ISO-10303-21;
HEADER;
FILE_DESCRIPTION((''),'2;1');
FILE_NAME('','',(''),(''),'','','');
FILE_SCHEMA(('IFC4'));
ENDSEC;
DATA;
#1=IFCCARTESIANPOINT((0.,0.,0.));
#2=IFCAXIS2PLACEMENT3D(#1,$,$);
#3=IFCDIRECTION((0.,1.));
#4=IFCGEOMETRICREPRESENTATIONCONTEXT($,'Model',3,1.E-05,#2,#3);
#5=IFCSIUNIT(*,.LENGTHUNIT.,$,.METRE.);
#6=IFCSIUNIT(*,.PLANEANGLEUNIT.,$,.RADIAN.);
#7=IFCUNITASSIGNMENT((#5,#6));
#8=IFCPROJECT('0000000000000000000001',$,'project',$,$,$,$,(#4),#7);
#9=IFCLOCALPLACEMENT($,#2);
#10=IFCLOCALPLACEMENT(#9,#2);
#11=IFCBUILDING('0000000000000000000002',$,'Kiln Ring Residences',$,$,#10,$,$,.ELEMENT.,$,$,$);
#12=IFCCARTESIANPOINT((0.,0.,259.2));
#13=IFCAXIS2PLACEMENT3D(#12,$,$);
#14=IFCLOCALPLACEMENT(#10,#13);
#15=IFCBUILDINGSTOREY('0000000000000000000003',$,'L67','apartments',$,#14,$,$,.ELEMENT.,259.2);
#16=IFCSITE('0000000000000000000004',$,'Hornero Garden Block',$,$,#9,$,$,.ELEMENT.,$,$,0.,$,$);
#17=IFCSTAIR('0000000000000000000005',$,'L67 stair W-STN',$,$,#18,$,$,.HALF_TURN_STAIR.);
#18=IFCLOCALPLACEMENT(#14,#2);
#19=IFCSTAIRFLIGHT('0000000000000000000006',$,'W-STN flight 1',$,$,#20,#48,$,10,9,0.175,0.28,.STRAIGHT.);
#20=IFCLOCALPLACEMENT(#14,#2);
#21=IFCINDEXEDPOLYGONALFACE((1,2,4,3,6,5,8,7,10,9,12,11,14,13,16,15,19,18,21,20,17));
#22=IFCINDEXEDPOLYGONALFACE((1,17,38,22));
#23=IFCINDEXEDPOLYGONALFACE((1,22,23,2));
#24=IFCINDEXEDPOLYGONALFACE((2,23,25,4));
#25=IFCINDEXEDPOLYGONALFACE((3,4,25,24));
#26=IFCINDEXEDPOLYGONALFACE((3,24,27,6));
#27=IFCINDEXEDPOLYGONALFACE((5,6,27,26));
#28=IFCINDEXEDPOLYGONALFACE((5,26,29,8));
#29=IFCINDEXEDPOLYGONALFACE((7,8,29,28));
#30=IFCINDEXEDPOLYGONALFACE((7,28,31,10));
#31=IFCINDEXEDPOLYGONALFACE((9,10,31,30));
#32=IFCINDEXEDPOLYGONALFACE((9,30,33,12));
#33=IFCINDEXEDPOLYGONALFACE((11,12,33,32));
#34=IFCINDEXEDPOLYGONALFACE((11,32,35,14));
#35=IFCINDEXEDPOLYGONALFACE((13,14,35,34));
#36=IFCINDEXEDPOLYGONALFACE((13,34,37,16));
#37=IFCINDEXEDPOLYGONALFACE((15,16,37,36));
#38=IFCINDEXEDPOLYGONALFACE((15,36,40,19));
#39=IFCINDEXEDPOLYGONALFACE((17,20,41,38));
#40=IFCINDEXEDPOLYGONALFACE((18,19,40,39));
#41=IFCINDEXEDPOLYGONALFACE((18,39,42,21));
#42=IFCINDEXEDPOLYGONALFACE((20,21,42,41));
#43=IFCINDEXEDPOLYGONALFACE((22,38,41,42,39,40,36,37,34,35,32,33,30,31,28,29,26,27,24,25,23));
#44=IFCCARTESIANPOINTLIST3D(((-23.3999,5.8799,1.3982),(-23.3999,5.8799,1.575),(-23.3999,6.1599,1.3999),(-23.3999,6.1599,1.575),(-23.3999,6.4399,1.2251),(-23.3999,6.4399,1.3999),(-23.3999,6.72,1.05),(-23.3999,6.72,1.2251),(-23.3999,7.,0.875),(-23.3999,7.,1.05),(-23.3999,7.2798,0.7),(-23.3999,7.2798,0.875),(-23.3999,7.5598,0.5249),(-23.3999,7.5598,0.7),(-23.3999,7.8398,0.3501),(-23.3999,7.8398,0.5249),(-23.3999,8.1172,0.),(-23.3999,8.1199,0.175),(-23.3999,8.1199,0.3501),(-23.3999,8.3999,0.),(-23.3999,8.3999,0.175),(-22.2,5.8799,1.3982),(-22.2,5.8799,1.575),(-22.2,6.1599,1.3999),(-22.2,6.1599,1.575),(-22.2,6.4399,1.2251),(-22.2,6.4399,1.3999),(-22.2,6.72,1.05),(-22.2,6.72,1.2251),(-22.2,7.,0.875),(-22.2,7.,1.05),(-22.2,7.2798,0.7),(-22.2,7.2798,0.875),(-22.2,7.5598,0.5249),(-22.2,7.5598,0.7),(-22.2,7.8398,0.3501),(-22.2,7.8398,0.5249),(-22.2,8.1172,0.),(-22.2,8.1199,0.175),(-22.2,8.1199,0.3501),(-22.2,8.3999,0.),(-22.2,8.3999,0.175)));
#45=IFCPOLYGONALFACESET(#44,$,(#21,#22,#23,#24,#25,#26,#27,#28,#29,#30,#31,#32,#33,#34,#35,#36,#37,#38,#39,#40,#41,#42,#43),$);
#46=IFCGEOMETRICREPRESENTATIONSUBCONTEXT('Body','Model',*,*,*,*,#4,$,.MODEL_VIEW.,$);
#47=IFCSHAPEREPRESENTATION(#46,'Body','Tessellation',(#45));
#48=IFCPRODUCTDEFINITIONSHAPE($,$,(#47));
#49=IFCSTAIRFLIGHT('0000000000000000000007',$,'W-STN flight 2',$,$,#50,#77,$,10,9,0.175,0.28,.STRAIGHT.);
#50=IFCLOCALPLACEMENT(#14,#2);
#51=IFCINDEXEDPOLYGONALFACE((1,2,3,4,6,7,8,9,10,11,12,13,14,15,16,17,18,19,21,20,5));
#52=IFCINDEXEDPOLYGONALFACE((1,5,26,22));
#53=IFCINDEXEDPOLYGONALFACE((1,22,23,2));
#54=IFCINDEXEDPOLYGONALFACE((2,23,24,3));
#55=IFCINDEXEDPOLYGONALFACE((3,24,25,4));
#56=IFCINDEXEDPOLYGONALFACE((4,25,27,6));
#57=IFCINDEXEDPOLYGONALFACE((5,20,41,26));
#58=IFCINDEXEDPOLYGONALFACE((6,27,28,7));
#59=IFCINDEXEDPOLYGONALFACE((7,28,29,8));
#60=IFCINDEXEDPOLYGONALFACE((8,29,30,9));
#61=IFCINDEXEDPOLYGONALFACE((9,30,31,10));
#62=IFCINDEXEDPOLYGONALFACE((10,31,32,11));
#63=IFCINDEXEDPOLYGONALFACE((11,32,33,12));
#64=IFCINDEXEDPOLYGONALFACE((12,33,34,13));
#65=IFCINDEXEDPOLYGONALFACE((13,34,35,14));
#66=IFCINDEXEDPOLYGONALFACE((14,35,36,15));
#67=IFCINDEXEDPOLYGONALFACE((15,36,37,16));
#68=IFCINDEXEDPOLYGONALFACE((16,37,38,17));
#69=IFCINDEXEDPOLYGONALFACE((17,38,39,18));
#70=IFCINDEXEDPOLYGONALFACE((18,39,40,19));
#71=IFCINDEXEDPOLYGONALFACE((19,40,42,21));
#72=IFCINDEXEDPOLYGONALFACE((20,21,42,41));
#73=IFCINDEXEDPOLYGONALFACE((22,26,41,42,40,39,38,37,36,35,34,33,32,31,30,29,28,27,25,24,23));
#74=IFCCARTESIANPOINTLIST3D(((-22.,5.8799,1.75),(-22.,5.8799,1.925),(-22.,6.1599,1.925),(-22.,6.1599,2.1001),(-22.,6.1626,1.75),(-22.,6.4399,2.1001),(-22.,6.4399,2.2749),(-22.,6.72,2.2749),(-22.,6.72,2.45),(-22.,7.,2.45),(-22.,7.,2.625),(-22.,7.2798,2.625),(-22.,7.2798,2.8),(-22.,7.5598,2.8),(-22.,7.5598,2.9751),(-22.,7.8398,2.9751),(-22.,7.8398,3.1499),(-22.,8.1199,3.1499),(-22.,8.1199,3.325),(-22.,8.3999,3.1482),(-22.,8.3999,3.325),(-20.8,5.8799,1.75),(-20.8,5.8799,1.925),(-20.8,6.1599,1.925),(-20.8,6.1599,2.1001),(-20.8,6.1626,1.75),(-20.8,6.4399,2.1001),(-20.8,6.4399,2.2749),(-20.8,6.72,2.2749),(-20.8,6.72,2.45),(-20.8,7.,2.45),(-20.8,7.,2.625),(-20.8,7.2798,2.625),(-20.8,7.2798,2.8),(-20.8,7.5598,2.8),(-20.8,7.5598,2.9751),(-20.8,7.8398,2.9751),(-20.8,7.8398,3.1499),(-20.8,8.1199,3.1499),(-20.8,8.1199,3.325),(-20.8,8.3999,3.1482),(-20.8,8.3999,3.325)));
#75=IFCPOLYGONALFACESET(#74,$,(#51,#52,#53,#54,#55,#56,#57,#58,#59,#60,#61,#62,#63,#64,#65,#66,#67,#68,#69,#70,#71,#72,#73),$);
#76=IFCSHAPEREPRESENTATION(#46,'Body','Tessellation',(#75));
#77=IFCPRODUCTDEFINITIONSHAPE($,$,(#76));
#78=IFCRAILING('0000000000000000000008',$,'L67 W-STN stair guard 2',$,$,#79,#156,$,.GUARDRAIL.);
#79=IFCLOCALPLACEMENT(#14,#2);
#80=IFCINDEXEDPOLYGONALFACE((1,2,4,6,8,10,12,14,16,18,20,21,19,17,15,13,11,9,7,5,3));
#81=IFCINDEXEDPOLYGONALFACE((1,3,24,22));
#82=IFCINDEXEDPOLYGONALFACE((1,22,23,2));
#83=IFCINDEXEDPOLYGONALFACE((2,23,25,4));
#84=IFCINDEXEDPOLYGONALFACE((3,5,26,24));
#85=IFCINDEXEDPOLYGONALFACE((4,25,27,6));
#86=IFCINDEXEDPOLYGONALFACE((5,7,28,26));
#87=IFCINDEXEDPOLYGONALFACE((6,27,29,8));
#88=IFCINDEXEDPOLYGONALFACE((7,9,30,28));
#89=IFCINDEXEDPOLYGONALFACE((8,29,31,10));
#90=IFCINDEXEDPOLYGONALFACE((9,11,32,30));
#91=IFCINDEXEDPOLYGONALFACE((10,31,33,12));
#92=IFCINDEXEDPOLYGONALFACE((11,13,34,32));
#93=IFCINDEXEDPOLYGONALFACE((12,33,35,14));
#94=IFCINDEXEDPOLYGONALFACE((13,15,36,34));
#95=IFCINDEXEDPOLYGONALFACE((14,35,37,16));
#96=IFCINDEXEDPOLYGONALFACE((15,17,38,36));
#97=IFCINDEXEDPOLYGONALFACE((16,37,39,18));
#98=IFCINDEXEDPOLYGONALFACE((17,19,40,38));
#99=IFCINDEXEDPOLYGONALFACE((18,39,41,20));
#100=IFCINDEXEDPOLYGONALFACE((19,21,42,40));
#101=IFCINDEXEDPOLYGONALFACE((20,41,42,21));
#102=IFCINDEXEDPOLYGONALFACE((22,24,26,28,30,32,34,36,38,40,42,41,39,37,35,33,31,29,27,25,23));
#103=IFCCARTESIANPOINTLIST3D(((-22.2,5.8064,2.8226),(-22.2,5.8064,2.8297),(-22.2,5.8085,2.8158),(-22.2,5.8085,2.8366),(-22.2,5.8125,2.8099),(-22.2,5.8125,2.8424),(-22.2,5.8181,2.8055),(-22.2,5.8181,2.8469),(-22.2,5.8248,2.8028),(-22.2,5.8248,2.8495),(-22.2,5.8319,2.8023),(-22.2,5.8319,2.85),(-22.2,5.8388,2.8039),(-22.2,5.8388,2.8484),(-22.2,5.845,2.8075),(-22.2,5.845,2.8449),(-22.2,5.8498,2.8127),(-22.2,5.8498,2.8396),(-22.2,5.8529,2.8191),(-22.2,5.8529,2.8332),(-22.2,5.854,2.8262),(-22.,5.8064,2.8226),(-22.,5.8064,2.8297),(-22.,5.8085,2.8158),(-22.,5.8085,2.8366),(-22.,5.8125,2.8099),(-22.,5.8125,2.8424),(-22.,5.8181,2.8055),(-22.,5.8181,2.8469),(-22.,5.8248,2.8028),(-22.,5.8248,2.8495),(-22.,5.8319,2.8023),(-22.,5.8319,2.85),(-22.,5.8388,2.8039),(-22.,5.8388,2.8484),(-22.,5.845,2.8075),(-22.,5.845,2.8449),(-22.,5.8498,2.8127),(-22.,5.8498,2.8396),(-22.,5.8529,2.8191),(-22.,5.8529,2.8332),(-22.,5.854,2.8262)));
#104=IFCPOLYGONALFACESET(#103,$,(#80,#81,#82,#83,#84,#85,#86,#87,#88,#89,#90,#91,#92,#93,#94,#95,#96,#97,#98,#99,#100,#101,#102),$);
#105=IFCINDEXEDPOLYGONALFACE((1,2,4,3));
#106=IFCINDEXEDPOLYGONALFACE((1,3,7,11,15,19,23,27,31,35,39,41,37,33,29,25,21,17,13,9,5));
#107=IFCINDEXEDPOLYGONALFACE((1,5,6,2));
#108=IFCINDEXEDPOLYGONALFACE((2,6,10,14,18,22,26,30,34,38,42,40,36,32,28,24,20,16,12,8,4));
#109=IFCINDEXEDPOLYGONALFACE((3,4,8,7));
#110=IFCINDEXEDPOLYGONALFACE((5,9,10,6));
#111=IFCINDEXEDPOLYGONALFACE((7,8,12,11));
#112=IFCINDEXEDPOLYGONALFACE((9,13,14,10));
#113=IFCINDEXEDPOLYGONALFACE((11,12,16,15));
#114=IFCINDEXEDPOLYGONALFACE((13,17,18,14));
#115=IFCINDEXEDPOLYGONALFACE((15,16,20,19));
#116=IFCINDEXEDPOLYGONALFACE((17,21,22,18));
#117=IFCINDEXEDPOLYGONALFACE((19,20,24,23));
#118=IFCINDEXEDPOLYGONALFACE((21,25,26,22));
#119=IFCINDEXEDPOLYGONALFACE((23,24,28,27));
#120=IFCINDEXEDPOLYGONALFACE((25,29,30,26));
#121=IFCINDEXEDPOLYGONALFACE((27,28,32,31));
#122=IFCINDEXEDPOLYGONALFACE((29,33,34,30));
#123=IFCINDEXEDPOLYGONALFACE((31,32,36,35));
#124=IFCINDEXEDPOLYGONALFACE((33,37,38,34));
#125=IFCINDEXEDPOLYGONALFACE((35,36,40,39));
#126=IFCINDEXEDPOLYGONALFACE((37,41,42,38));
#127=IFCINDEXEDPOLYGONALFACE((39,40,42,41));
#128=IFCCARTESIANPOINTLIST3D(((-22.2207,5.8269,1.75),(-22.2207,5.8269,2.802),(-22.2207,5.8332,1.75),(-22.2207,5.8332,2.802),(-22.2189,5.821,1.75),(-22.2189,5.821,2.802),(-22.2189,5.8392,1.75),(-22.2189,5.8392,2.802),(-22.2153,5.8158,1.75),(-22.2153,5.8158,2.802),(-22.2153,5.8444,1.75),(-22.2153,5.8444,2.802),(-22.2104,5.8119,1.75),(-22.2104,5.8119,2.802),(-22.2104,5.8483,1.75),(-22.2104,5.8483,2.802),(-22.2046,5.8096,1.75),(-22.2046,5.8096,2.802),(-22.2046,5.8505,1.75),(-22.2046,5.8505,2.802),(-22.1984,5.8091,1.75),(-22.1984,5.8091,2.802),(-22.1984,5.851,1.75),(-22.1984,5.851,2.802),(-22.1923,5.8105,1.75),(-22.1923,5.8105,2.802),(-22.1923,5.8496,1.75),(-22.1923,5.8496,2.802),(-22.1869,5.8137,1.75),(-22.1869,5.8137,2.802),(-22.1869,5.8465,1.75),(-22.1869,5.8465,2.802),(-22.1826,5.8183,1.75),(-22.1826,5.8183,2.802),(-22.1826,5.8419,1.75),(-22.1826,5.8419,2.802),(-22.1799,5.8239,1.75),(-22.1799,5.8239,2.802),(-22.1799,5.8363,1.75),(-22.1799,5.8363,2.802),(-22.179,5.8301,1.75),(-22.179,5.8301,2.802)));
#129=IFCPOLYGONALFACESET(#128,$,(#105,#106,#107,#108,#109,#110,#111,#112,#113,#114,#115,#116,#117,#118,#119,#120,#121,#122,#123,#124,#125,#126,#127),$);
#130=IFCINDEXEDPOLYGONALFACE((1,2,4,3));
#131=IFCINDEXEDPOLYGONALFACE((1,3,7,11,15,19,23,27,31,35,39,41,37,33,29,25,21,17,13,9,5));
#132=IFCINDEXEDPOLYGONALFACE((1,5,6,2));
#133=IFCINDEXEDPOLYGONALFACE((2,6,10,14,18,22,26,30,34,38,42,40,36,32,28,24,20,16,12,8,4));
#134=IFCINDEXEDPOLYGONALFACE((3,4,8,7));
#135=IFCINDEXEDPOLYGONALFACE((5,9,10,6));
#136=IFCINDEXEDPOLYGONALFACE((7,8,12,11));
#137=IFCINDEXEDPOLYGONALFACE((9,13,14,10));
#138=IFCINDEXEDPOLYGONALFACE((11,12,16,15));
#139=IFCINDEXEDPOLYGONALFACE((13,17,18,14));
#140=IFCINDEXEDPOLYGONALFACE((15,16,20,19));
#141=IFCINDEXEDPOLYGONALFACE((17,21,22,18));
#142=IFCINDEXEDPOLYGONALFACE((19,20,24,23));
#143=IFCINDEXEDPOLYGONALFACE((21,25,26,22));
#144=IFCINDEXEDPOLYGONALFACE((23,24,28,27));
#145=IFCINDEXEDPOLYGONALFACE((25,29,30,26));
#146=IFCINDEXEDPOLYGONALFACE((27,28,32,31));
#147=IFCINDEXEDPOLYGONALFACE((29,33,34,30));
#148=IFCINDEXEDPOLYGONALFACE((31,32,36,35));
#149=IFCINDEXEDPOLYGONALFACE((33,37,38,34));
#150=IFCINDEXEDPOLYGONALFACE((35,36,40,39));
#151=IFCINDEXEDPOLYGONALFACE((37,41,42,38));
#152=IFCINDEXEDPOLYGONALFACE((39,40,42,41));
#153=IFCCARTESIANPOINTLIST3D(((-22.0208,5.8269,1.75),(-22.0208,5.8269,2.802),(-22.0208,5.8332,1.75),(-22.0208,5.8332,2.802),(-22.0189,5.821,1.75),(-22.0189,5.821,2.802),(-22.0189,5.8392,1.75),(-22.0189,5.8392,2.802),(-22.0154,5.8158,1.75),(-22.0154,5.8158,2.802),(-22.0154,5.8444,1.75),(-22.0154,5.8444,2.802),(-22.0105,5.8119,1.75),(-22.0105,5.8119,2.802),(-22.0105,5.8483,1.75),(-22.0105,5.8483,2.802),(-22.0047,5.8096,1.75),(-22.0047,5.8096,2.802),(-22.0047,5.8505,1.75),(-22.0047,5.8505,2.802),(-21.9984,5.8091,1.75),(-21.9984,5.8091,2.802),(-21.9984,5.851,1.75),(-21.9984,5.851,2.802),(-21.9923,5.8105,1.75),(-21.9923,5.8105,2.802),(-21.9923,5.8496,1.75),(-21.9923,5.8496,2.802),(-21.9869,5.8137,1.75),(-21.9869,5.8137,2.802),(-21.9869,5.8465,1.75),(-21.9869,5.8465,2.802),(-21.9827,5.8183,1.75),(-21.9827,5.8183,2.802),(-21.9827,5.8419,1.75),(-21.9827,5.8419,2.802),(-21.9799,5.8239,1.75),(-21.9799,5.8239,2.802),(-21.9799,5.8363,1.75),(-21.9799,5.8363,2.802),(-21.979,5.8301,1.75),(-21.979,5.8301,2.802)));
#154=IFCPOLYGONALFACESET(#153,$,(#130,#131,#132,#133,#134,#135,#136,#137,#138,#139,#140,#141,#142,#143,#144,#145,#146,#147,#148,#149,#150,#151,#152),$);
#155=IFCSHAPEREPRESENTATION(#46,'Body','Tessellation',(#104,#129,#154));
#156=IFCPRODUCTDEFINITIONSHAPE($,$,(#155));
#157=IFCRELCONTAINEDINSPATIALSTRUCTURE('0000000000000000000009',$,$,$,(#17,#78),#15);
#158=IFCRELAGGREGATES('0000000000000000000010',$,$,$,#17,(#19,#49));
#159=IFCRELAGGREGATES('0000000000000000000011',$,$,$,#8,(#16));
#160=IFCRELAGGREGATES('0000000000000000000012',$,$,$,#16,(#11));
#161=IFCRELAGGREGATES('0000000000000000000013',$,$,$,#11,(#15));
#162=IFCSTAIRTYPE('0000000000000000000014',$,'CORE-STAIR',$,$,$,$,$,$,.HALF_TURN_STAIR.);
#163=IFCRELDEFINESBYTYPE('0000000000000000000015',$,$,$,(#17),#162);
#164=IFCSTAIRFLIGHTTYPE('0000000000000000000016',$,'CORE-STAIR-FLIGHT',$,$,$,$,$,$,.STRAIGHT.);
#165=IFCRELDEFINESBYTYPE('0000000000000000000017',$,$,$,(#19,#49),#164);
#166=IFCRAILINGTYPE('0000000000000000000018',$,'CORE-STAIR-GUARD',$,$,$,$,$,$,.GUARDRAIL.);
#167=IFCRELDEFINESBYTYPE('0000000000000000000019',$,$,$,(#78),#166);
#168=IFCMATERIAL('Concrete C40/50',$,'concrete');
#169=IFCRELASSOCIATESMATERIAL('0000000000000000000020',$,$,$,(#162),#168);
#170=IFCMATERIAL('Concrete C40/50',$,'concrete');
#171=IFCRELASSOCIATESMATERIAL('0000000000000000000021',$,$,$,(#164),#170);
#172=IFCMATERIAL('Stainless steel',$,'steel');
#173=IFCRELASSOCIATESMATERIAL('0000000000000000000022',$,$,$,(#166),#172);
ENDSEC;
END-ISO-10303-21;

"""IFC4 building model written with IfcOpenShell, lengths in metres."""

from ifc_helpers import new_model, si_unit, direction, frame, origin, origin_2d, place, context, subcontext, project, spatial, polyline, circle, outline, extrude, material, type_object, element, aggregate, save


model = new_model("IFC4")

# Units and contexts
model_context = context("Model", 3, precision=1e-05, world=origin(), true_north=direction((0.0, 1.0)))
body_context = subcontext(model_context, "Body", "Model", "MODEL_VIEW")
ifc_project = project(units=[si_unit("LENGTHUNIT", "METRE"), si_unit("PLANEANGLEUNIT", "RADIAN")], contexts=[model_context])

# Site, building, storey
site_placement = place(None, origin())
site = spatial("IfcSite", under=ifc_project, at=site_placement, Name="Hornero Garden Block", CompositionType="ELEMENT", RefElevation=0.0)
building_placement = place(site_placement, origin())
building = spatial("IfcBuilding", under=site, at=building_placement, Name="Kiln Ring Residences", CompositionType="ELEMENT")
storey_placement = place(building_placement, frame((0.0, 0.0, 259.2)))
storey = spatial("IfcBuildingStorey", under=building, at=storey_placement, Name="L67", Description="apartments", CompositionType="ELEMENT", Elevation=259.2)

# Stair, stair flights
ifc_material_1 = material(Name="Concrete C40/50", Category="concrete")
stair_type = type_object("IfcStairType", Name="CORE-STAIR", PredefinedType="HALF_TURN_STAIR", material=ifc_material_1)
stair_placement = place(storey_placement, origin())
stair = element("IfcStair", 1, at=stair_placement, inside=storey, type_object=stair_type, Name="L67 stair W-STN", PredefinedType="HALF_TURN_STAIR")
ifc_material_2 = material(Name="Concrete C40/50", Category="concrete")
stair_flight_type = type_object("IfcStairFlightType", Name="CORE-STAIR-FLIGHT", PredefinedType="STRAIGHT", material=ifc_material_2)
stair_flight_1_placement = place(storey_placement, frame((-22.8, 8.3999, 0.0), z_axis=(0.0, 0.0, 1.0), x_axis=(0.0, -1.0, 0.0)))
stair_flight_1 = element("IfcStairFlight", 2, at=stair_flight_1_placement, type_object=stair_flight_type, Name="W-STN flight 1", NumberOfRisers=10, NumberOfTreads=9, PredefinedType="STRAIGHT", RiserHeight=0.175, TreadLength=0.28, context=body_context, shape_type="SweptSolid", body=[
    extrude(outline(polyline([(0.0, 0.0), (0.0, 0.175), (0.28, 0.175), (0.28, 0.3501), (0.5601, 0.3501), (0.5601, 0.5249), (0.8401, 0.5249), (0.8401, 0.7), (1.1201, 0.7), (1.1201, 0.875), (1.3999, 0.875), (1.3999, 1.05), (1.6799, 1.05), (1.6799, 1.2251), (1.96, 1.2251), (1.96, 1.3999), (2.24, 1.3999), (2.24, 1.575), (2.52, 1.575), (2.52, 1.75), (2.52, 1.3982), (0.2827, 0.0), (0.0, 0.0)])), frame((0.0, 0.6001, 0.0), z_axis=(0.0, -1.0, 0.0), x_axis=(1.0, 0.0, 0.0)), (0.0, 0.0, 1.0), 1.2),
])
stair_flight_2_placement = place(storey_placement, frame((-21.3999, 5.8799, 1.75), z_axis=(0.0, 0.0, 1.0), x_axis=(0.0, 1.0, 0.0)))
stair_flight_2 = element("IfcStairFlight", 3, at=stair_flight_2_placement, type_object=stair_flight_type, Name="W-STN flight 2", NumberOfRisers=10, NumberOfTreads=9, PredefinedType="STRAIGHT", RiserHeight=0.175, TreadLength=0.28, context=body_context, shape_type="SweptSolid", body=[
    extrude(outline(polyline([(0.0, 0.0), (0.0, 0.175), (0.28, 0.175), (0.28, 0.3501), (0.5601, 0.3501), (0.5601, 0.5249), (0.8401, 0.5249), (0.8401, 0.7), (1.1201, 0.7), (1.1201, 0.875), (1.3999, 0.875), (1.3999, 1.05), (1.6799, 1.05), (1.6799, 1.2251), (1.96, 1.2251), (1.96, 1.3999), (2.24, 1.3999), (2.24, 1.575), (2.52, 1.575), (2.52, 1.75), (2.52, 1.3982), (0.2827, 0.0), (0.0, 0.0)])), frame((0.0, 0.6001, 0.0), z_axis=(0.0, -1.0, 0.0), x_axis=(1.0, 0.0, 0.0)), (0.0, 0.0, 1.0), 1.2),
])
aggregate(stair, [stair_flight_1, stair_flight_2])

# Railing
ifc_material_3 = material(Name="Stainless steel", Category="steel")
railing_type_1 = type_object("IfcRailingType", Name="CORE-STAIR-GUARD", PredefinedType="GUARDRAIL", material=ifc_material_3)
railing_1_placement = place(storey_placement, frame((-22.2, 5.8301, 1.75)))
element("IfcRailing", 4, at=railing_1_placement, inside=storey, type_object=railing_type_1, Name="L67 W-STN stair guard 2", PredefinedType="GUARDRAIL", context=body_context, shape_type="SweptSolid", body=[
    extrude(circle(Radius=0.0239, at=origin_2d()), frame((0.0, 0.0, 1.0762), z_axis=(1.0, 0.0, 0.0), x_axis=(0.0, 1.0, 0.0)), (0.0, 0.0, 1.0), 0.2),
    extrude(circle(Radius=0.021, at=origin_2d()), origin(), (0.0, 0.0, 1.0), 1.052),
    extrude(circle(Radius=0.021, at=origin_2d()), frame((0.2, 0.0, 0.0)), (0.0, 0.0, 1.0), 1.052),
])

save(model, "model.ifc")
